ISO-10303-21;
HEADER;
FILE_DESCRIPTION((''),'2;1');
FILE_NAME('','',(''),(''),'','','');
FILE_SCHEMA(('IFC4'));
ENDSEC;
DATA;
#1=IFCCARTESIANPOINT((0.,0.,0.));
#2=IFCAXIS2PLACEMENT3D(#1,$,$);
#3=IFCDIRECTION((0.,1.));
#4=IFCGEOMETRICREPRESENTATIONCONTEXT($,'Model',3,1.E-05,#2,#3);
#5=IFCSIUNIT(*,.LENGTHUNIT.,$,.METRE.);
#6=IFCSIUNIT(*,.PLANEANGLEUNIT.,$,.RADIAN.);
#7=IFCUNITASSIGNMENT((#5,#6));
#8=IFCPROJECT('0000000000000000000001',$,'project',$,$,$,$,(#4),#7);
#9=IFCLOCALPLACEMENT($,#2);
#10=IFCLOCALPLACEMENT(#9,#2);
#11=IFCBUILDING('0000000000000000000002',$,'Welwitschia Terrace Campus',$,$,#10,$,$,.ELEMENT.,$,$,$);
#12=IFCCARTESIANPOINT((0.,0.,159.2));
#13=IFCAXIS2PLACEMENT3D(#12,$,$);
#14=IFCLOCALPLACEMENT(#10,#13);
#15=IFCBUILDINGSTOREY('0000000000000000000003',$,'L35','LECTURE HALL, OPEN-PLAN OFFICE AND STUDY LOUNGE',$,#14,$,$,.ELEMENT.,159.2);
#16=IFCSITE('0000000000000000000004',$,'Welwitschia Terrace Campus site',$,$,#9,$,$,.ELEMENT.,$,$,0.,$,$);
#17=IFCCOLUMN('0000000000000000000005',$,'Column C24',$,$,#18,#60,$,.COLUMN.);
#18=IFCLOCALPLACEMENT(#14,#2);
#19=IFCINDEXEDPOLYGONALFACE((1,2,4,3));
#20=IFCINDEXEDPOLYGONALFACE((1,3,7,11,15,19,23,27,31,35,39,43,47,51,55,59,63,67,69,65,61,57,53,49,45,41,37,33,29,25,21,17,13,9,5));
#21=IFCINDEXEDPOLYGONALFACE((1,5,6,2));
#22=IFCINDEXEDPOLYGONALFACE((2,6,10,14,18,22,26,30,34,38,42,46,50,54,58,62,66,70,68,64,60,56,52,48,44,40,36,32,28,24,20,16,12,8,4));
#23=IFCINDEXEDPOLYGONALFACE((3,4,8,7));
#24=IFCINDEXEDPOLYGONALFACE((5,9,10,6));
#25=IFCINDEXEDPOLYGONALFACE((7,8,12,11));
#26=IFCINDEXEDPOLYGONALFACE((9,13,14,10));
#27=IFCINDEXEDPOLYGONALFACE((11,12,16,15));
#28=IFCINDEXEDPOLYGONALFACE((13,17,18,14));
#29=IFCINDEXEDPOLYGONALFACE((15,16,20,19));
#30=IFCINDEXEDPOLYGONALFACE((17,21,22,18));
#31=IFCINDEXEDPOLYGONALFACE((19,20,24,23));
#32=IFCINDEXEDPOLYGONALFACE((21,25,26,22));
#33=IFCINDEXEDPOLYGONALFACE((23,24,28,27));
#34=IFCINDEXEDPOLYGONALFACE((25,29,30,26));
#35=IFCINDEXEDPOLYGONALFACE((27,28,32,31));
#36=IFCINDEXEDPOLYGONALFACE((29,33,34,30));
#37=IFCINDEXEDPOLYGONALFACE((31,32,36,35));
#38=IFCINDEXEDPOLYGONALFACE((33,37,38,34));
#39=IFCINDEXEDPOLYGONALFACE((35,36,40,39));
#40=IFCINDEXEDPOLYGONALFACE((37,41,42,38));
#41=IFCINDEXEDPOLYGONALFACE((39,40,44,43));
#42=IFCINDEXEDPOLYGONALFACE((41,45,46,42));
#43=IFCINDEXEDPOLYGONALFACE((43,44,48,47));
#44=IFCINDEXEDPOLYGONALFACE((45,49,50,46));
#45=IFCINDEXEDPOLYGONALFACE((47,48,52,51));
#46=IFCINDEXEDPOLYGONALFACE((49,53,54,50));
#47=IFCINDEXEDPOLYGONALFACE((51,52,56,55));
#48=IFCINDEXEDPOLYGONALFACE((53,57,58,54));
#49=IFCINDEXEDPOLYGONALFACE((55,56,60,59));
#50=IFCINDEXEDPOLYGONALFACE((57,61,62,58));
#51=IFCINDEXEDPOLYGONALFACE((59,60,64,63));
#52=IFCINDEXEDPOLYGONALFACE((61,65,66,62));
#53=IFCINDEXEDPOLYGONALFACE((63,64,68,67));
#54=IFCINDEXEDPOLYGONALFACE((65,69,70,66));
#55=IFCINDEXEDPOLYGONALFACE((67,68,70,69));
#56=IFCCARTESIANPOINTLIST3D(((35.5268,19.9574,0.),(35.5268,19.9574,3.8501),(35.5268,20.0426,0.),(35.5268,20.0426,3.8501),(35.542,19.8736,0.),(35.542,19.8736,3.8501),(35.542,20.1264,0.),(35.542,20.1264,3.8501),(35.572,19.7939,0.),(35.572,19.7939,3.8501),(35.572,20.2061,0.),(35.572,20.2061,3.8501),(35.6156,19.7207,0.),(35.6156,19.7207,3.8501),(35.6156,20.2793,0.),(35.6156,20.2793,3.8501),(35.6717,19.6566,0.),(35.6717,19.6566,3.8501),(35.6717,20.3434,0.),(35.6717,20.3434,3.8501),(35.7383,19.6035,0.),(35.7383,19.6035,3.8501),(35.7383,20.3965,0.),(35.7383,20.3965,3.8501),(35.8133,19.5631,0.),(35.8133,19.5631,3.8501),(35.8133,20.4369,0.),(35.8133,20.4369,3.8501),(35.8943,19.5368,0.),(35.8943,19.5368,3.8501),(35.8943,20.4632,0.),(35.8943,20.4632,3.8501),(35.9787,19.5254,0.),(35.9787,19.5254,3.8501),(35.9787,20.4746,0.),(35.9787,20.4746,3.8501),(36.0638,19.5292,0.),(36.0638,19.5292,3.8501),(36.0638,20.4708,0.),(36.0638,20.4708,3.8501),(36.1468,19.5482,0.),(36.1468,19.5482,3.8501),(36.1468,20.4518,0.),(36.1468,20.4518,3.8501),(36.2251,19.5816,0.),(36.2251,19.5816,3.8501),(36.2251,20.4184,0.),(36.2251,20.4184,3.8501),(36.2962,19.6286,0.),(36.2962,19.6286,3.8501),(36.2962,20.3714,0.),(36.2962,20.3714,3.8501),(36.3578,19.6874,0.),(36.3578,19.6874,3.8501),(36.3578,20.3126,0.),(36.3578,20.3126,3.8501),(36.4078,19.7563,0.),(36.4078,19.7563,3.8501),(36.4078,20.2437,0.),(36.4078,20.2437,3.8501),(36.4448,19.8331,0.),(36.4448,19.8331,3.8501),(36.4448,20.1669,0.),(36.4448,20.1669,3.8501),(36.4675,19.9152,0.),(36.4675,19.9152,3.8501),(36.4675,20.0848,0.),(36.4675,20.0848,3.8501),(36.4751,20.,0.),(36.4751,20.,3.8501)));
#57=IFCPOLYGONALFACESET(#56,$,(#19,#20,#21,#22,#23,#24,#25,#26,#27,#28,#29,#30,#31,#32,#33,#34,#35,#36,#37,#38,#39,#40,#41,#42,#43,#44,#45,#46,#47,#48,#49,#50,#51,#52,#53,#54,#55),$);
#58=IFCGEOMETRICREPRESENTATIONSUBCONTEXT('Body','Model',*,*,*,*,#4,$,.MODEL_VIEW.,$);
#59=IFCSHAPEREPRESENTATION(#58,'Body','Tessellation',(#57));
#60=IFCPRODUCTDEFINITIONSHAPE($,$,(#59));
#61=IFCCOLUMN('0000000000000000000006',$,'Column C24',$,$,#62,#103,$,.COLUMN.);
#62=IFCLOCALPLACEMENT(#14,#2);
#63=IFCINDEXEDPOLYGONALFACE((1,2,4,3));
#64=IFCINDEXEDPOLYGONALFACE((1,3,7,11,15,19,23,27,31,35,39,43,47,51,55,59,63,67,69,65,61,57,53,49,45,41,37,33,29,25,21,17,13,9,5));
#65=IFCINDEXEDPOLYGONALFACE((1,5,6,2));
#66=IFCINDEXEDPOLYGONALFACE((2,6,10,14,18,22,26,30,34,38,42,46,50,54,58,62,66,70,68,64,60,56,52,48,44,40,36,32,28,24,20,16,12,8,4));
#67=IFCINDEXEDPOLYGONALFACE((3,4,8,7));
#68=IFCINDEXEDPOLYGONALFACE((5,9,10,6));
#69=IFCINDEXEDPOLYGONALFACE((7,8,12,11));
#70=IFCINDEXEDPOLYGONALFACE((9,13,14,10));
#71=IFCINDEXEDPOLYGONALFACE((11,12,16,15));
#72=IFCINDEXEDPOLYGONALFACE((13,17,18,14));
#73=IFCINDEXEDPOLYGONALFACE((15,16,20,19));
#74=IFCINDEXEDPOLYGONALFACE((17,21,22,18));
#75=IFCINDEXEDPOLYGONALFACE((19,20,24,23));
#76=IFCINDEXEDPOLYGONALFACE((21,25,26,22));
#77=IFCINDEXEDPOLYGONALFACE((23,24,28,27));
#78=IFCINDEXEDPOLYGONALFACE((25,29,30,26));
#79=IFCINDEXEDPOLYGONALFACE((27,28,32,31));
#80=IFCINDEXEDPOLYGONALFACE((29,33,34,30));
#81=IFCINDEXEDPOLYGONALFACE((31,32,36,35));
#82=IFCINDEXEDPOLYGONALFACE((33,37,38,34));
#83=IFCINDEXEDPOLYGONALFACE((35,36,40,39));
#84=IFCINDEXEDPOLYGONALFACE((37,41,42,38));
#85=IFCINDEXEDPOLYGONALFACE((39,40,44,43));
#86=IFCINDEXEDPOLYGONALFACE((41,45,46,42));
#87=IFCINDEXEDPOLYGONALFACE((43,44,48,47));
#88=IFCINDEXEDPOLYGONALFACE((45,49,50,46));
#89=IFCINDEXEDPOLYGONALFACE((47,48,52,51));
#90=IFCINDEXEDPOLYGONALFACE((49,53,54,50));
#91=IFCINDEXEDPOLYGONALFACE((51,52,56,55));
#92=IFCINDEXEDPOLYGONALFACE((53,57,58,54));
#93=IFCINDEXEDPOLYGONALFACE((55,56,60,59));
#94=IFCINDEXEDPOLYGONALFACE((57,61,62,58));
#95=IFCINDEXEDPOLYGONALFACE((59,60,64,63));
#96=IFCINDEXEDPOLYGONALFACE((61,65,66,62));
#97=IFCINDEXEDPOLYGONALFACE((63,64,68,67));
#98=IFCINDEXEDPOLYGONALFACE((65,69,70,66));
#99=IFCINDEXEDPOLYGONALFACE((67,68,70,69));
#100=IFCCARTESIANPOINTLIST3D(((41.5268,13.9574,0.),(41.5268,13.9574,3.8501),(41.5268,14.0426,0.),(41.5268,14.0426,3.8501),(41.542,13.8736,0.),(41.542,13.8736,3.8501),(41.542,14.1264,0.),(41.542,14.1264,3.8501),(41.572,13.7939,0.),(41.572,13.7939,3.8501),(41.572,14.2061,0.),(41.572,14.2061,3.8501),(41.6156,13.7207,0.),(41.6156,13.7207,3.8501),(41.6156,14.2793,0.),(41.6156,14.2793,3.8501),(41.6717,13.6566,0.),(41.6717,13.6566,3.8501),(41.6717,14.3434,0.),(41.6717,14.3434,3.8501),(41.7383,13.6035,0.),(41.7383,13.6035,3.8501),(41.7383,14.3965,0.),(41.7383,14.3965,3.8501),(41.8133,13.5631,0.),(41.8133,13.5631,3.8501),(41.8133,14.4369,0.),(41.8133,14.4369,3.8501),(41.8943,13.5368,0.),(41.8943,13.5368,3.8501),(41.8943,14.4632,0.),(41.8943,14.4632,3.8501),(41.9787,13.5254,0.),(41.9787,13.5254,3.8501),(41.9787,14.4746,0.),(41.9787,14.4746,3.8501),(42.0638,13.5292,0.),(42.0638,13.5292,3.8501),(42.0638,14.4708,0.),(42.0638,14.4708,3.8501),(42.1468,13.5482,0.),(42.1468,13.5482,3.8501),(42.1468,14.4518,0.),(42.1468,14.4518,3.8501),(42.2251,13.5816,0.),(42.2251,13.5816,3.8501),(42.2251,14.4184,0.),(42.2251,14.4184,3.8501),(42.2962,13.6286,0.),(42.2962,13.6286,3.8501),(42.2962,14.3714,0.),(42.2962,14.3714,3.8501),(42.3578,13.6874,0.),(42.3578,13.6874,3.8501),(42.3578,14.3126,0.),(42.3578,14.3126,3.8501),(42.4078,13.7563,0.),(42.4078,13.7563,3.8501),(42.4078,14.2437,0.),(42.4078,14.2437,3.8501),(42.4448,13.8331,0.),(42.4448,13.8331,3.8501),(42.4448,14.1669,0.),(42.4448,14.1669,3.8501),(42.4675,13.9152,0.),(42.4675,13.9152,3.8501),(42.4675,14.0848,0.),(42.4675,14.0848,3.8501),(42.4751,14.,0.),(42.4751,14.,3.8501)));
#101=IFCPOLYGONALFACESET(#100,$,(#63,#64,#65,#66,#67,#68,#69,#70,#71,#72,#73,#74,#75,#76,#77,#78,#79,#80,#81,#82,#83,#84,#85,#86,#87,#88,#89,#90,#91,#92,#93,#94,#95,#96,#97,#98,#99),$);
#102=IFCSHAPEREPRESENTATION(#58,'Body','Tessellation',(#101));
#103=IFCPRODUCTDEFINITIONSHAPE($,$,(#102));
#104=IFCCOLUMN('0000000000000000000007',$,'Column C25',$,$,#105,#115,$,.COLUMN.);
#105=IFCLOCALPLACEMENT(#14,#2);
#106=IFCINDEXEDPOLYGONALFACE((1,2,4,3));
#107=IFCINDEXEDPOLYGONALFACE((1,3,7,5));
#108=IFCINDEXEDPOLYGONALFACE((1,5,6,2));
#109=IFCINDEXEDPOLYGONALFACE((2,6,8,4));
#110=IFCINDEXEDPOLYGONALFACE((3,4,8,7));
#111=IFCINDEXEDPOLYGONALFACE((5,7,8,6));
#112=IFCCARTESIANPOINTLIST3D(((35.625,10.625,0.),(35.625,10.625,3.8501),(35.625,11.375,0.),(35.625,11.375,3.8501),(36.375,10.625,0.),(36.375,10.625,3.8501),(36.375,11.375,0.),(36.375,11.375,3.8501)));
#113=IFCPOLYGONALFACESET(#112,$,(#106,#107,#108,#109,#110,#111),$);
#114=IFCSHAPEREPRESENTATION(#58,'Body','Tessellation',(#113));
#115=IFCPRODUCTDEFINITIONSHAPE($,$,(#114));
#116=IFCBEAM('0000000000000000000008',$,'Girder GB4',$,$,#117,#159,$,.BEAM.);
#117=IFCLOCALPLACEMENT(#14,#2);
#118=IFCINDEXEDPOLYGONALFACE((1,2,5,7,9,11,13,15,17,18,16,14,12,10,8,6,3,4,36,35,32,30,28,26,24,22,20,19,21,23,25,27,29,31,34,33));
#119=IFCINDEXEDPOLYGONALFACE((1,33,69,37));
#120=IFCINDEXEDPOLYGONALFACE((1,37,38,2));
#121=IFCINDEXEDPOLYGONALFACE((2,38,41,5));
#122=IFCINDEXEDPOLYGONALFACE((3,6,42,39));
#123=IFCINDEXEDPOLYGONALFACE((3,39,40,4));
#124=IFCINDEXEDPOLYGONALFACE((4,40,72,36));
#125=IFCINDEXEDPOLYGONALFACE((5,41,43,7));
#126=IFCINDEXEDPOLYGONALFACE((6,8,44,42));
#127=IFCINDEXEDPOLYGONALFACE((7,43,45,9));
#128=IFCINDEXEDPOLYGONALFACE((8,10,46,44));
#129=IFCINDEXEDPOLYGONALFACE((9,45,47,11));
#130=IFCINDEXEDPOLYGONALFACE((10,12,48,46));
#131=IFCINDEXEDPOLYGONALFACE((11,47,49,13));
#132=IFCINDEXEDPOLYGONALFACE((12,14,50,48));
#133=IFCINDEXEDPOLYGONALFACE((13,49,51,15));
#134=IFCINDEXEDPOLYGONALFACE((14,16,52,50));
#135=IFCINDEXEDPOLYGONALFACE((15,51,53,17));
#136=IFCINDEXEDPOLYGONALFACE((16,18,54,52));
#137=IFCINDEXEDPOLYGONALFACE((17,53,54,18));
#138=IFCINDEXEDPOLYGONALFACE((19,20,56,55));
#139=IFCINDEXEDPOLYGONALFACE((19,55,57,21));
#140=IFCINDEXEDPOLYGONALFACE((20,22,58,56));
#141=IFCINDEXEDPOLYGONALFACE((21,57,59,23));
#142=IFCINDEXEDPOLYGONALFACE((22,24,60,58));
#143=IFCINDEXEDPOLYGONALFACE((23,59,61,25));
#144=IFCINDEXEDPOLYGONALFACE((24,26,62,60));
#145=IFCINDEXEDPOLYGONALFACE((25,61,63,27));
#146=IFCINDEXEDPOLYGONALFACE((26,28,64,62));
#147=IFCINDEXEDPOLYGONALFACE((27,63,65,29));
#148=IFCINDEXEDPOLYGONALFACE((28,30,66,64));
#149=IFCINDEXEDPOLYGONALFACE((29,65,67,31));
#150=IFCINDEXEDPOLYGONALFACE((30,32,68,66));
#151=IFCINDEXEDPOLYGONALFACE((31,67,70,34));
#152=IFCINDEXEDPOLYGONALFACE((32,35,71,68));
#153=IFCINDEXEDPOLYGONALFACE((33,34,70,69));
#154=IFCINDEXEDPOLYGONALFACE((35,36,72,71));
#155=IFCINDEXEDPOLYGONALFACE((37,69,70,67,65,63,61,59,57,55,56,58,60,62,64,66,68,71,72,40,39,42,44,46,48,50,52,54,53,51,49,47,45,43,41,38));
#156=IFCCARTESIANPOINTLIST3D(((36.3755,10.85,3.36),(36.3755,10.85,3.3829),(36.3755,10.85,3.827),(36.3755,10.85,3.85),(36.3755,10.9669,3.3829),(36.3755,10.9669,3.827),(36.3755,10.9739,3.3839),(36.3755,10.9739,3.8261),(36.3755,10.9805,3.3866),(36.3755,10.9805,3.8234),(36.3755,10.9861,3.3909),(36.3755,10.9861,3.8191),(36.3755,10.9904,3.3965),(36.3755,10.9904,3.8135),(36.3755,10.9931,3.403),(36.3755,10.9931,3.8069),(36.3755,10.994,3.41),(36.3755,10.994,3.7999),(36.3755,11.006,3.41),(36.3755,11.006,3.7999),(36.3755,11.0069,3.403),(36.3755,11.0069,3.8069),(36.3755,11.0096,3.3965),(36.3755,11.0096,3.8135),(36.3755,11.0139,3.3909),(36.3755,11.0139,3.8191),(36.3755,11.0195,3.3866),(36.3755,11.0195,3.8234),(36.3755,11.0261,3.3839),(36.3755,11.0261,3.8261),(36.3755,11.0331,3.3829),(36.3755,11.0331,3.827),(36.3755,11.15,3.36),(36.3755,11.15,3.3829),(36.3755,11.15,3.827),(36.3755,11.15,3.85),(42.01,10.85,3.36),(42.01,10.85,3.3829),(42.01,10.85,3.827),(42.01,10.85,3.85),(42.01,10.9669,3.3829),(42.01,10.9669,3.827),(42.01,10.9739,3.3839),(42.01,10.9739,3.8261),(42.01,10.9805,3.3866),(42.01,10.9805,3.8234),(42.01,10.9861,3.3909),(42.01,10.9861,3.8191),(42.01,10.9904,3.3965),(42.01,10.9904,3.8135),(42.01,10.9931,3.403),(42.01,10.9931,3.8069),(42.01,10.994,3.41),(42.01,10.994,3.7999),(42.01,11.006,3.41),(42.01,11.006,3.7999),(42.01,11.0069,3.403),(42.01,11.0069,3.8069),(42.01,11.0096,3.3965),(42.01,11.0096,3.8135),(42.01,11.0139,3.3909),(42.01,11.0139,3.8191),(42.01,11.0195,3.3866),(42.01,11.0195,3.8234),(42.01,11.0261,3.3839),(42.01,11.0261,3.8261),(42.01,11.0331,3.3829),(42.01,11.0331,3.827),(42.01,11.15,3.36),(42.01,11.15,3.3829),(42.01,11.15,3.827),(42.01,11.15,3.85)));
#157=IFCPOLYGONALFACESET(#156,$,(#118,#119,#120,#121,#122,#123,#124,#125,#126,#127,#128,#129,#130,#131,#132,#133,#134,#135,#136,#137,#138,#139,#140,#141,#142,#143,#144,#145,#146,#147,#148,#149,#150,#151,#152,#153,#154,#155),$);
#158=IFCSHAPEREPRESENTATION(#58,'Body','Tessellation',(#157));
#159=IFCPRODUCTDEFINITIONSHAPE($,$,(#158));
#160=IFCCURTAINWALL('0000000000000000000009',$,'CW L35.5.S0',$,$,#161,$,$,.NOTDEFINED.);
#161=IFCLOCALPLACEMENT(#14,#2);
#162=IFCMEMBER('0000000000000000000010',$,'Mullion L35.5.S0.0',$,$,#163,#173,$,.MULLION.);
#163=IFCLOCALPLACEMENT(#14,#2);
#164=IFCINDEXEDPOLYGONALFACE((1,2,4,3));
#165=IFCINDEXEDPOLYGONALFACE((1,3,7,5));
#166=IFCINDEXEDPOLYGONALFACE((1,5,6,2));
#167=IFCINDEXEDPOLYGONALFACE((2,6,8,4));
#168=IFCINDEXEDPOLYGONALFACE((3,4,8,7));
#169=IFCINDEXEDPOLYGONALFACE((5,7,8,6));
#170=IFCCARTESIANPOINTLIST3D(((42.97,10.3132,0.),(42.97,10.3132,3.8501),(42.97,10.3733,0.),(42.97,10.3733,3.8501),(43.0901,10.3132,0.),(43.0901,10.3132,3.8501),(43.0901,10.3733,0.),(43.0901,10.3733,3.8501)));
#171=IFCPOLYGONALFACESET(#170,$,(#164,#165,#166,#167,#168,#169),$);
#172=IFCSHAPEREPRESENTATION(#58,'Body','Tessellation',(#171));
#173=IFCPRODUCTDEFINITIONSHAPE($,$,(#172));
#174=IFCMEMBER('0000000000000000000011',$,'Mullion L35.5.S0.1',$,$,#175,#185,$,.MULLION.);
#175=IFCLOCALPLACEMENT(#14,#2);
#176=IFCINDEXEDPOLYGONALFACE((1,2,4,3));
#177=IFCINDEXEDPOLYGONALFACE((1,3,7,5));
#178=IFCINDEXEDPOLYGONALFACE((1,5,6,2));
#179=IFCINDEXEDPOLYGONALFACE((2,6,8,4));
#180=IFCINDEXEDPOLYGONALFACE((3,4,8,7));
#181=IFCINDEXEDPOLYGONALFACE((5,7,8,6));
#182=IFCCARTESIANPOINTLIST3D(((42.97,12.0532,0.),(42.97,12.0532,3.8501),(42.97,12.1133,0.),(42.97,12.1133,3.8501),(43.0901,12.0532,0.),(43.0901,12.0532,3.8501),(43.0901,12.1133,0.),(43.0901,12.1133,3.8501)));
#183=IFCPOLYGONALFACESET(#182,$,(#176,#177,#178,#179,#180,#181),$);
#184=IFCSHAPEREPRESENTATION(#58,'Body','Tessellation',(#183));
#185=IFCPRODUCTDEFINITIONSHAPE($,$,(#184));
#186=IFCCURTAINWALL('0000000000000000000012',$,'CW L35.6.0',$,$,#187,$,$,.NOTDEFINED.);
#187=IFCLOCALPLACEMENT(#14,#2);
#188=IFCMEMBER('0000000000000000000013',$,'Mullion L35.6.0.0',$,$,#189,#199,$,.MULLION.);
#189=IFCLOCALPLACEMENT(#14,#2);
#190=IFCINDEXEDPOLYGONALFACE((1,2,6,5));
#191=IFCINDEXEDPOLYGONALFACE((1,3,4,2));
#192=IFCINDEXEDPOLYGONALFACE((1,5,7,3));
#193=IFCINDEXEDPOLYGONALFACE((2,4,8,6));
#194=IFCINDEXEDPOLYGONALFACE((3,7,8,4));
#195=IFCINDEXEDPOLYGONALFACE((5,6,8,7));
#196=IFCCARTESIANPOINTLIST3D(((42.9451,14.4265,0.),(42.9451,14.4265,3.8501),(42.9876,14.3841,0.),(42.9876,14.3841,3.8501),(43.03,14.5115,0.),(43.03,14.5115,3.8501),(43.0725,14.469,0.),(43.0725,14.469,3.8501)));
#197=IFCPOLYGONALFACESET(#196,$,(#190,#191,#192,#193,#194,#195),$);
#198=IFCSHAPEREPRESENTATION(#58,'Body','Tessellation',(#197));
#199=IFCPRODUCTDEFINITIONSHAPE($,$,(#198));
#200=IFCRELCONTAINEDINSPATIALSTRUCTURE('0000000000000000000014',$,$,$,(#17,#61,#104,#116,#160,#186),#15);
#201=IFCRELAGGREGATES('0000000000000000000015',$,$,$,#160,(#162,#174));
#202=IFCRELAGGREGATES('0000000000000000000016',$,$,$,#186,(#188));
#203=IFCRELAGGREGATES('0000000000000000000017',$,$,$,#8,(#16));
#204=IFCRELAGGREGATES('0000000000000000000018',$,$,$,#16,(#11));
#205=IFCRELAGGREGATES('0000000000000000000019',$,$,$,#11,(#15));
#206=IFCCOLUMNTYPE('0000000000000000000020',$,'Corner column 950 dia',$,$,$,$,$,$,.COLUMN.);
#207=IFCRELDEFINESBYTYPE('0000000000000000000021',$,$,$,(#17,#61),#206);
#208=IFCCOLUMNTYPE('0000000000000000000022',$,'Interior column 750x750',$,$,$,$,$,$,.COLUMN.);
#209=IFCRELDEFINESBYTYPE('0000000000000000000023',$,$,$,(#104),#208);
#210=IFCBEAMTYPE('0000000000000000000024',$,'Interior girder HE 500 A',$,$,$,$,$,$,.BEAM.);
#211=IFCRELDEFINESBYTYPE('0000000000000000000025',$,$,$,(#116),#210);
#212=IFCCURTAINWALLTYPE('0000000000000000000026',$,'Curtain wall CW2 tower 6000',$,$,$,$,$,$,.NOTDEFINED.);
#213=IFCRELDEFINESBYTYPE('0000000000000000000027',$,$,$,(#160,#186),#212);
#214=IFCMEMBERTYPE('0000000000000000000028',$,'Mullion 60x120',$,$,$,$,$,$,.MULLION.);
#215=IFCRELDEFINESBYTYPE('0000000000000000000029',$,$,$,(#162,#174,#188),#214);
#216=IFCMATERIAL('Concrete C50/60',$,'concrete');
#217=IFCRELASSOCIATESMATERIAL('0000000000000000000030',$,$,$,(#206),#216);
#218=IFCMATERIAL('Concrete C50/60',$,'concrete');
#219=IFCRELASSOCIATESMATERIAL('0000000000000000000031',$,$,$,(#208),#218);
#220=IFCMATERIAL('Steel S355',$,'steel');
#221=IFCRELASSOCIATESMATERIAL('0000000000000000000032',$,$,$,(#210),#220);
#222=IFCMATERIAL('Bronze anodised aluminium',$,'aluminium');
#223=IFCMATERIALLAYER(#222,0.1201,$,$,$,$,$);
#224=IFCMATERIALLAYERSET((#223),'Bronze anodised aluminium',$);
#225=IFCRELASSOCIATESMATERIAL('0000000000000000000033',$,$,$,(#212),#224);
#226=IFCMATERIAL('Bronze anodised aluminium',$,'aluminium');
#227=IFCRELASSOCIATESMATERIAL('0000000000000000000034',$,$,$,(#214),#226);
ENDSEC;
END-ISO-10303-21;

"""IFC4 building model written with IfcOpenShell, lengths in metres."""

from ifc_helpers import new_model, si_unit, direction, frame, origin, origin_2d, place, context, subcontext, project, spatial, rectangle, circle, i_section, extrude, material, layer, layer_set, material_profile, profile_set, type_object, element, aggregate, save


model = new_model("IFC4")

# Units and contexts
model_context = context("Model", 3, precision=1e-05, world=origin(), true_north=direction((0.0, 1.0)))
body_context = subcontext(model_context, "Body", "Model", "MODEL_VIEW")
ifc_project = project(units=[si_unit("LENGTHUNIT", "METRE"), si_unit("PLANEANGLEUNIT", "RADIAN")], contexts=[model_context])

# Site, building, storey
site_placement = place(None, origin())
site = spatial("IfcSite", under=ifc_project, at=site_placement, Name="Welwitschia Terrace Campus site", CompositionType="ELEMENT", RefElevation=0.0)
building_placement = place(site_placement, origin())
building = spatial("IfcBuilding", under=site, at=building_placement, Name="Welwitschia Terrace Campus", CompositionType="ELEMENT")
storey_placement = place(building_placement, frame((0.0, 0.0, 159.2)))
storey = spatial("IfcBuildingStorey", under=building, at=storey_placement, Name="L35", Description="LECTURE HALL, OPEN-PLAN OFFICE AND STUDY LOUNGE", CompositionType="ELEMENT", Elevation=159.2)

# Columns
ifc_material_1 = material(Name="Concrete C50/60", Category="concrete")
ifc_material_profile_1 = material_profile(ifc_material_1, circle(Radius=0.4751, at=origin_2d()))
ifc_profile_set_1 = profile_set([ifc_material_profile_1], Name="Concrete C50/60")
column_type_1 = type_object("IfcColumnType", Name="Corner column 950 dia", PredefinedType="COLUMN", material=ifc_profile_set_1)
for number, where, z_axis, x_axis, name in (
    (1, (36.0, 20.0, 0.0), (0.0, 0.0, 1.0), (1.0, 0.0, 0.0), "Column C24"),
    (2, (42.0, 14.0, 0.0), (0.0, 0.0, 1.0), (1.0, 0.0, 0.0), "Column C24"),
):
    element("IfcColumn", number, at=place(storey_placement, frame(where, z_axis=z_axis, x_axis=x_axis)), inside=storey, type_object=column_type_1, Name=name, PredefinedType="COLUMN", context=body_context, shape_type="SweptSolid", body=[
        extrude(circle(Radius=0.4751, at=origin_2d()), origin(), (0.0, 0.0, 1.0), 3.8501),
    ])
ifc_material_2 = material(Name="Concrete C50/60", Category="concrete")
ifc_material_profile_2 = material_profile(ifc_material_2, rectangle(XDim=0.75, YDim=0.75, at=origin_2d()))
ifc_profile_set_2 = profile_set([ifc_material_profile_2], Name="Concrete C50/60")
column_type_2 = type_object("IfcColumnType", Name="Interior column 750x750", PredefinedType="COLUMN", material=ifc_profile_set_2)
column_placement = place(storey_placement, frame((36.0, 11.0, 0.0), z_axis=(0.0, 0.0, 1.0), x_axis=(1.0, 0.0, 0.0)))
element("IfcColumn", 3, at=column_placement, inside=storey, type_object=column_type_2, Name="Column C25", PredefinedType="COLUMN", context=body_context, shape_type="SweptSolid", body=[
    extrude(rectangle(XDim=0.75, YDim=0.75, at=origin_2d()), origin(), (0.0, 0.0, 1.0), 3.8501),
])

# Beam
ifc_material_3 = material(Name="Steel S355", Category="steel")
ifc_material_profile_3 = material_profile(ifc_material_3, i_section(OverallWidth=0.3, OverallDepth=0.49, WebThickness=0.012, FlangeThickness=0.0229, FilletRadius=0.0271, at=origin_2d()))
ifc_profile_set_3 = profile_set([ifc_material_profile_3], Name="Steel S355")
beam_type_1 = type_object("IfcBeamType", Name="Interior girder HE 500 A", PredefinedType="BEAM", material=ifc_profile_set_3)
beam_1_placement = place(storey_placement, frame((36.3755, 11.0, 3.605), z_axis=(1.0, 0.0, 0.0), x_axis=(0.0, 1.0, 0.0)))
element("IfcBeam", 4, at=beam_1_placement, inside=storey, type_object=beam_type_1, Name="Girder GB4", PredefinedType="BEAM", context=body_context, shape_type="SweptSolid", body=[
    extrude(i_section(OverallWidth=0.3, OverallDepth=0.49, WebThickness=0.012, FlangeThickness=0.0229, FilletRadius=0.0271, at=origin_2d()), origin(), (0.0, 0.0, 1.0), 5.6345),
])

# Curtain walls, members
ifc_material_4 = material(Name="Bronze anodised aluminium", Category="aluminium")
ifc_layer_1 = layer(ifc_material_4, 0.1201)
ifc_layer_set_1 = layer_set([ifc_layer_1], Name="Bronze anodised aluminium")
curtain_wall_type = type_object("IfcCurtainWallType", Name="Curtain wall CW2 tower 6000", PredefinedType="NOTDEFINED", material=ifc_layer_set_1)
curtain_wall_1_placement = place(storey_placement, origin())
curtain_wall_1 = element("IfcCurtainWall", 5, at=curtain_wall_1_placement, inside=storey, type_object=curtain_wall_type, Name="CW L35.5.S0", PredefinedType="NOTDEFINED")
ifc_material_5 = material(Name="Bronze anodised aluminium", Category="aluminium")
ifc_material_profile_4 = material_profile(ifc_material_5, rectangle(XDim=0.1201, YDim=0.0601, at=origin_2d()))
ifc_profile_set_4 = profile_set([ifc_material_profile_4], Name="Bronze anodised aluminium")
member_type_1 = type_object("IfcMemberType", Name="Mullion 60x120", PredefinedType="MULLION", material=ifc_profile_set_4)
member_1_placement = place(storey_placement, frame((43.03, 10.3433, 0.0), z_axis=(0.0, 0.0, 1.0), x_axis=(-1.0, 0.0, 0.0)))
member_1 = element("IfcMember", 6, at=member_1_placement, type_object=member_type_1, Name="Mullion L35.5.S0.0", PredefinedType="MULLION", context=body_context, shape_type="SweptSolid", body=[
    extrude(rectangle(XDim=0.1201, YDim=0.0601, at=origin_2d()), origin(), (0.0, 0.0, 1.0), 3.8501),
])
member_2_placement = place(storey_placement, frame((43.03, 12.0833, 0.0), z_axis=(0.0, 0.0, 1.0), x_axis=(-1.0, 0.0, 0.0)))
member_2 = element("IfcMember", 7, at=member_2_placement, type_object=member_type_1, Name="Mullion L35.5.S0.1", PredefinedType="MULLION", context=body_context, shape_type="SweptSolid", body=[
    extrude(rectangle(XDim=0.1201, YDim=0.0601, at=origin_2d()), origin(), (0.0, 0.0, 1.0), 3.8501),
])
curtain_wall_2_placement = place(storey_placement, origin())
curtain_wall_2 = element("IfcCurtainWall", 8, at=curtain_wall_2_placement, inside=storey, type_object=curtain_wall_type, Name="CW L35.6.0", PredefinedType="NOTDEFINED")
member_3_placement = place(storey_placement, frame((43.0088, 14.4478, 0.0), z_axis=(0.0, 0.0, 1.0), x_axis=(-0.707107, -0.707107, 0.0)))
member_3 = element("IfcMember", 9, at=member_3_placement, type_object=member_type_1, Name="Mullion L35.6.0.0", PredefinedType="MULLION", context=body_context, shape_type="SweptSolid", body=[
    extrude(rectangle(XDim=0.1201, YDim=0.0601, at=origin_2d()), origin(), (0.0, 0.0, 1.0), 3.8501),
])

aggregate(curtain_wall_1, [member_1, member_2])
aggregate(curtain_wall_2, [member_3])

save(model, "model.ifc")
